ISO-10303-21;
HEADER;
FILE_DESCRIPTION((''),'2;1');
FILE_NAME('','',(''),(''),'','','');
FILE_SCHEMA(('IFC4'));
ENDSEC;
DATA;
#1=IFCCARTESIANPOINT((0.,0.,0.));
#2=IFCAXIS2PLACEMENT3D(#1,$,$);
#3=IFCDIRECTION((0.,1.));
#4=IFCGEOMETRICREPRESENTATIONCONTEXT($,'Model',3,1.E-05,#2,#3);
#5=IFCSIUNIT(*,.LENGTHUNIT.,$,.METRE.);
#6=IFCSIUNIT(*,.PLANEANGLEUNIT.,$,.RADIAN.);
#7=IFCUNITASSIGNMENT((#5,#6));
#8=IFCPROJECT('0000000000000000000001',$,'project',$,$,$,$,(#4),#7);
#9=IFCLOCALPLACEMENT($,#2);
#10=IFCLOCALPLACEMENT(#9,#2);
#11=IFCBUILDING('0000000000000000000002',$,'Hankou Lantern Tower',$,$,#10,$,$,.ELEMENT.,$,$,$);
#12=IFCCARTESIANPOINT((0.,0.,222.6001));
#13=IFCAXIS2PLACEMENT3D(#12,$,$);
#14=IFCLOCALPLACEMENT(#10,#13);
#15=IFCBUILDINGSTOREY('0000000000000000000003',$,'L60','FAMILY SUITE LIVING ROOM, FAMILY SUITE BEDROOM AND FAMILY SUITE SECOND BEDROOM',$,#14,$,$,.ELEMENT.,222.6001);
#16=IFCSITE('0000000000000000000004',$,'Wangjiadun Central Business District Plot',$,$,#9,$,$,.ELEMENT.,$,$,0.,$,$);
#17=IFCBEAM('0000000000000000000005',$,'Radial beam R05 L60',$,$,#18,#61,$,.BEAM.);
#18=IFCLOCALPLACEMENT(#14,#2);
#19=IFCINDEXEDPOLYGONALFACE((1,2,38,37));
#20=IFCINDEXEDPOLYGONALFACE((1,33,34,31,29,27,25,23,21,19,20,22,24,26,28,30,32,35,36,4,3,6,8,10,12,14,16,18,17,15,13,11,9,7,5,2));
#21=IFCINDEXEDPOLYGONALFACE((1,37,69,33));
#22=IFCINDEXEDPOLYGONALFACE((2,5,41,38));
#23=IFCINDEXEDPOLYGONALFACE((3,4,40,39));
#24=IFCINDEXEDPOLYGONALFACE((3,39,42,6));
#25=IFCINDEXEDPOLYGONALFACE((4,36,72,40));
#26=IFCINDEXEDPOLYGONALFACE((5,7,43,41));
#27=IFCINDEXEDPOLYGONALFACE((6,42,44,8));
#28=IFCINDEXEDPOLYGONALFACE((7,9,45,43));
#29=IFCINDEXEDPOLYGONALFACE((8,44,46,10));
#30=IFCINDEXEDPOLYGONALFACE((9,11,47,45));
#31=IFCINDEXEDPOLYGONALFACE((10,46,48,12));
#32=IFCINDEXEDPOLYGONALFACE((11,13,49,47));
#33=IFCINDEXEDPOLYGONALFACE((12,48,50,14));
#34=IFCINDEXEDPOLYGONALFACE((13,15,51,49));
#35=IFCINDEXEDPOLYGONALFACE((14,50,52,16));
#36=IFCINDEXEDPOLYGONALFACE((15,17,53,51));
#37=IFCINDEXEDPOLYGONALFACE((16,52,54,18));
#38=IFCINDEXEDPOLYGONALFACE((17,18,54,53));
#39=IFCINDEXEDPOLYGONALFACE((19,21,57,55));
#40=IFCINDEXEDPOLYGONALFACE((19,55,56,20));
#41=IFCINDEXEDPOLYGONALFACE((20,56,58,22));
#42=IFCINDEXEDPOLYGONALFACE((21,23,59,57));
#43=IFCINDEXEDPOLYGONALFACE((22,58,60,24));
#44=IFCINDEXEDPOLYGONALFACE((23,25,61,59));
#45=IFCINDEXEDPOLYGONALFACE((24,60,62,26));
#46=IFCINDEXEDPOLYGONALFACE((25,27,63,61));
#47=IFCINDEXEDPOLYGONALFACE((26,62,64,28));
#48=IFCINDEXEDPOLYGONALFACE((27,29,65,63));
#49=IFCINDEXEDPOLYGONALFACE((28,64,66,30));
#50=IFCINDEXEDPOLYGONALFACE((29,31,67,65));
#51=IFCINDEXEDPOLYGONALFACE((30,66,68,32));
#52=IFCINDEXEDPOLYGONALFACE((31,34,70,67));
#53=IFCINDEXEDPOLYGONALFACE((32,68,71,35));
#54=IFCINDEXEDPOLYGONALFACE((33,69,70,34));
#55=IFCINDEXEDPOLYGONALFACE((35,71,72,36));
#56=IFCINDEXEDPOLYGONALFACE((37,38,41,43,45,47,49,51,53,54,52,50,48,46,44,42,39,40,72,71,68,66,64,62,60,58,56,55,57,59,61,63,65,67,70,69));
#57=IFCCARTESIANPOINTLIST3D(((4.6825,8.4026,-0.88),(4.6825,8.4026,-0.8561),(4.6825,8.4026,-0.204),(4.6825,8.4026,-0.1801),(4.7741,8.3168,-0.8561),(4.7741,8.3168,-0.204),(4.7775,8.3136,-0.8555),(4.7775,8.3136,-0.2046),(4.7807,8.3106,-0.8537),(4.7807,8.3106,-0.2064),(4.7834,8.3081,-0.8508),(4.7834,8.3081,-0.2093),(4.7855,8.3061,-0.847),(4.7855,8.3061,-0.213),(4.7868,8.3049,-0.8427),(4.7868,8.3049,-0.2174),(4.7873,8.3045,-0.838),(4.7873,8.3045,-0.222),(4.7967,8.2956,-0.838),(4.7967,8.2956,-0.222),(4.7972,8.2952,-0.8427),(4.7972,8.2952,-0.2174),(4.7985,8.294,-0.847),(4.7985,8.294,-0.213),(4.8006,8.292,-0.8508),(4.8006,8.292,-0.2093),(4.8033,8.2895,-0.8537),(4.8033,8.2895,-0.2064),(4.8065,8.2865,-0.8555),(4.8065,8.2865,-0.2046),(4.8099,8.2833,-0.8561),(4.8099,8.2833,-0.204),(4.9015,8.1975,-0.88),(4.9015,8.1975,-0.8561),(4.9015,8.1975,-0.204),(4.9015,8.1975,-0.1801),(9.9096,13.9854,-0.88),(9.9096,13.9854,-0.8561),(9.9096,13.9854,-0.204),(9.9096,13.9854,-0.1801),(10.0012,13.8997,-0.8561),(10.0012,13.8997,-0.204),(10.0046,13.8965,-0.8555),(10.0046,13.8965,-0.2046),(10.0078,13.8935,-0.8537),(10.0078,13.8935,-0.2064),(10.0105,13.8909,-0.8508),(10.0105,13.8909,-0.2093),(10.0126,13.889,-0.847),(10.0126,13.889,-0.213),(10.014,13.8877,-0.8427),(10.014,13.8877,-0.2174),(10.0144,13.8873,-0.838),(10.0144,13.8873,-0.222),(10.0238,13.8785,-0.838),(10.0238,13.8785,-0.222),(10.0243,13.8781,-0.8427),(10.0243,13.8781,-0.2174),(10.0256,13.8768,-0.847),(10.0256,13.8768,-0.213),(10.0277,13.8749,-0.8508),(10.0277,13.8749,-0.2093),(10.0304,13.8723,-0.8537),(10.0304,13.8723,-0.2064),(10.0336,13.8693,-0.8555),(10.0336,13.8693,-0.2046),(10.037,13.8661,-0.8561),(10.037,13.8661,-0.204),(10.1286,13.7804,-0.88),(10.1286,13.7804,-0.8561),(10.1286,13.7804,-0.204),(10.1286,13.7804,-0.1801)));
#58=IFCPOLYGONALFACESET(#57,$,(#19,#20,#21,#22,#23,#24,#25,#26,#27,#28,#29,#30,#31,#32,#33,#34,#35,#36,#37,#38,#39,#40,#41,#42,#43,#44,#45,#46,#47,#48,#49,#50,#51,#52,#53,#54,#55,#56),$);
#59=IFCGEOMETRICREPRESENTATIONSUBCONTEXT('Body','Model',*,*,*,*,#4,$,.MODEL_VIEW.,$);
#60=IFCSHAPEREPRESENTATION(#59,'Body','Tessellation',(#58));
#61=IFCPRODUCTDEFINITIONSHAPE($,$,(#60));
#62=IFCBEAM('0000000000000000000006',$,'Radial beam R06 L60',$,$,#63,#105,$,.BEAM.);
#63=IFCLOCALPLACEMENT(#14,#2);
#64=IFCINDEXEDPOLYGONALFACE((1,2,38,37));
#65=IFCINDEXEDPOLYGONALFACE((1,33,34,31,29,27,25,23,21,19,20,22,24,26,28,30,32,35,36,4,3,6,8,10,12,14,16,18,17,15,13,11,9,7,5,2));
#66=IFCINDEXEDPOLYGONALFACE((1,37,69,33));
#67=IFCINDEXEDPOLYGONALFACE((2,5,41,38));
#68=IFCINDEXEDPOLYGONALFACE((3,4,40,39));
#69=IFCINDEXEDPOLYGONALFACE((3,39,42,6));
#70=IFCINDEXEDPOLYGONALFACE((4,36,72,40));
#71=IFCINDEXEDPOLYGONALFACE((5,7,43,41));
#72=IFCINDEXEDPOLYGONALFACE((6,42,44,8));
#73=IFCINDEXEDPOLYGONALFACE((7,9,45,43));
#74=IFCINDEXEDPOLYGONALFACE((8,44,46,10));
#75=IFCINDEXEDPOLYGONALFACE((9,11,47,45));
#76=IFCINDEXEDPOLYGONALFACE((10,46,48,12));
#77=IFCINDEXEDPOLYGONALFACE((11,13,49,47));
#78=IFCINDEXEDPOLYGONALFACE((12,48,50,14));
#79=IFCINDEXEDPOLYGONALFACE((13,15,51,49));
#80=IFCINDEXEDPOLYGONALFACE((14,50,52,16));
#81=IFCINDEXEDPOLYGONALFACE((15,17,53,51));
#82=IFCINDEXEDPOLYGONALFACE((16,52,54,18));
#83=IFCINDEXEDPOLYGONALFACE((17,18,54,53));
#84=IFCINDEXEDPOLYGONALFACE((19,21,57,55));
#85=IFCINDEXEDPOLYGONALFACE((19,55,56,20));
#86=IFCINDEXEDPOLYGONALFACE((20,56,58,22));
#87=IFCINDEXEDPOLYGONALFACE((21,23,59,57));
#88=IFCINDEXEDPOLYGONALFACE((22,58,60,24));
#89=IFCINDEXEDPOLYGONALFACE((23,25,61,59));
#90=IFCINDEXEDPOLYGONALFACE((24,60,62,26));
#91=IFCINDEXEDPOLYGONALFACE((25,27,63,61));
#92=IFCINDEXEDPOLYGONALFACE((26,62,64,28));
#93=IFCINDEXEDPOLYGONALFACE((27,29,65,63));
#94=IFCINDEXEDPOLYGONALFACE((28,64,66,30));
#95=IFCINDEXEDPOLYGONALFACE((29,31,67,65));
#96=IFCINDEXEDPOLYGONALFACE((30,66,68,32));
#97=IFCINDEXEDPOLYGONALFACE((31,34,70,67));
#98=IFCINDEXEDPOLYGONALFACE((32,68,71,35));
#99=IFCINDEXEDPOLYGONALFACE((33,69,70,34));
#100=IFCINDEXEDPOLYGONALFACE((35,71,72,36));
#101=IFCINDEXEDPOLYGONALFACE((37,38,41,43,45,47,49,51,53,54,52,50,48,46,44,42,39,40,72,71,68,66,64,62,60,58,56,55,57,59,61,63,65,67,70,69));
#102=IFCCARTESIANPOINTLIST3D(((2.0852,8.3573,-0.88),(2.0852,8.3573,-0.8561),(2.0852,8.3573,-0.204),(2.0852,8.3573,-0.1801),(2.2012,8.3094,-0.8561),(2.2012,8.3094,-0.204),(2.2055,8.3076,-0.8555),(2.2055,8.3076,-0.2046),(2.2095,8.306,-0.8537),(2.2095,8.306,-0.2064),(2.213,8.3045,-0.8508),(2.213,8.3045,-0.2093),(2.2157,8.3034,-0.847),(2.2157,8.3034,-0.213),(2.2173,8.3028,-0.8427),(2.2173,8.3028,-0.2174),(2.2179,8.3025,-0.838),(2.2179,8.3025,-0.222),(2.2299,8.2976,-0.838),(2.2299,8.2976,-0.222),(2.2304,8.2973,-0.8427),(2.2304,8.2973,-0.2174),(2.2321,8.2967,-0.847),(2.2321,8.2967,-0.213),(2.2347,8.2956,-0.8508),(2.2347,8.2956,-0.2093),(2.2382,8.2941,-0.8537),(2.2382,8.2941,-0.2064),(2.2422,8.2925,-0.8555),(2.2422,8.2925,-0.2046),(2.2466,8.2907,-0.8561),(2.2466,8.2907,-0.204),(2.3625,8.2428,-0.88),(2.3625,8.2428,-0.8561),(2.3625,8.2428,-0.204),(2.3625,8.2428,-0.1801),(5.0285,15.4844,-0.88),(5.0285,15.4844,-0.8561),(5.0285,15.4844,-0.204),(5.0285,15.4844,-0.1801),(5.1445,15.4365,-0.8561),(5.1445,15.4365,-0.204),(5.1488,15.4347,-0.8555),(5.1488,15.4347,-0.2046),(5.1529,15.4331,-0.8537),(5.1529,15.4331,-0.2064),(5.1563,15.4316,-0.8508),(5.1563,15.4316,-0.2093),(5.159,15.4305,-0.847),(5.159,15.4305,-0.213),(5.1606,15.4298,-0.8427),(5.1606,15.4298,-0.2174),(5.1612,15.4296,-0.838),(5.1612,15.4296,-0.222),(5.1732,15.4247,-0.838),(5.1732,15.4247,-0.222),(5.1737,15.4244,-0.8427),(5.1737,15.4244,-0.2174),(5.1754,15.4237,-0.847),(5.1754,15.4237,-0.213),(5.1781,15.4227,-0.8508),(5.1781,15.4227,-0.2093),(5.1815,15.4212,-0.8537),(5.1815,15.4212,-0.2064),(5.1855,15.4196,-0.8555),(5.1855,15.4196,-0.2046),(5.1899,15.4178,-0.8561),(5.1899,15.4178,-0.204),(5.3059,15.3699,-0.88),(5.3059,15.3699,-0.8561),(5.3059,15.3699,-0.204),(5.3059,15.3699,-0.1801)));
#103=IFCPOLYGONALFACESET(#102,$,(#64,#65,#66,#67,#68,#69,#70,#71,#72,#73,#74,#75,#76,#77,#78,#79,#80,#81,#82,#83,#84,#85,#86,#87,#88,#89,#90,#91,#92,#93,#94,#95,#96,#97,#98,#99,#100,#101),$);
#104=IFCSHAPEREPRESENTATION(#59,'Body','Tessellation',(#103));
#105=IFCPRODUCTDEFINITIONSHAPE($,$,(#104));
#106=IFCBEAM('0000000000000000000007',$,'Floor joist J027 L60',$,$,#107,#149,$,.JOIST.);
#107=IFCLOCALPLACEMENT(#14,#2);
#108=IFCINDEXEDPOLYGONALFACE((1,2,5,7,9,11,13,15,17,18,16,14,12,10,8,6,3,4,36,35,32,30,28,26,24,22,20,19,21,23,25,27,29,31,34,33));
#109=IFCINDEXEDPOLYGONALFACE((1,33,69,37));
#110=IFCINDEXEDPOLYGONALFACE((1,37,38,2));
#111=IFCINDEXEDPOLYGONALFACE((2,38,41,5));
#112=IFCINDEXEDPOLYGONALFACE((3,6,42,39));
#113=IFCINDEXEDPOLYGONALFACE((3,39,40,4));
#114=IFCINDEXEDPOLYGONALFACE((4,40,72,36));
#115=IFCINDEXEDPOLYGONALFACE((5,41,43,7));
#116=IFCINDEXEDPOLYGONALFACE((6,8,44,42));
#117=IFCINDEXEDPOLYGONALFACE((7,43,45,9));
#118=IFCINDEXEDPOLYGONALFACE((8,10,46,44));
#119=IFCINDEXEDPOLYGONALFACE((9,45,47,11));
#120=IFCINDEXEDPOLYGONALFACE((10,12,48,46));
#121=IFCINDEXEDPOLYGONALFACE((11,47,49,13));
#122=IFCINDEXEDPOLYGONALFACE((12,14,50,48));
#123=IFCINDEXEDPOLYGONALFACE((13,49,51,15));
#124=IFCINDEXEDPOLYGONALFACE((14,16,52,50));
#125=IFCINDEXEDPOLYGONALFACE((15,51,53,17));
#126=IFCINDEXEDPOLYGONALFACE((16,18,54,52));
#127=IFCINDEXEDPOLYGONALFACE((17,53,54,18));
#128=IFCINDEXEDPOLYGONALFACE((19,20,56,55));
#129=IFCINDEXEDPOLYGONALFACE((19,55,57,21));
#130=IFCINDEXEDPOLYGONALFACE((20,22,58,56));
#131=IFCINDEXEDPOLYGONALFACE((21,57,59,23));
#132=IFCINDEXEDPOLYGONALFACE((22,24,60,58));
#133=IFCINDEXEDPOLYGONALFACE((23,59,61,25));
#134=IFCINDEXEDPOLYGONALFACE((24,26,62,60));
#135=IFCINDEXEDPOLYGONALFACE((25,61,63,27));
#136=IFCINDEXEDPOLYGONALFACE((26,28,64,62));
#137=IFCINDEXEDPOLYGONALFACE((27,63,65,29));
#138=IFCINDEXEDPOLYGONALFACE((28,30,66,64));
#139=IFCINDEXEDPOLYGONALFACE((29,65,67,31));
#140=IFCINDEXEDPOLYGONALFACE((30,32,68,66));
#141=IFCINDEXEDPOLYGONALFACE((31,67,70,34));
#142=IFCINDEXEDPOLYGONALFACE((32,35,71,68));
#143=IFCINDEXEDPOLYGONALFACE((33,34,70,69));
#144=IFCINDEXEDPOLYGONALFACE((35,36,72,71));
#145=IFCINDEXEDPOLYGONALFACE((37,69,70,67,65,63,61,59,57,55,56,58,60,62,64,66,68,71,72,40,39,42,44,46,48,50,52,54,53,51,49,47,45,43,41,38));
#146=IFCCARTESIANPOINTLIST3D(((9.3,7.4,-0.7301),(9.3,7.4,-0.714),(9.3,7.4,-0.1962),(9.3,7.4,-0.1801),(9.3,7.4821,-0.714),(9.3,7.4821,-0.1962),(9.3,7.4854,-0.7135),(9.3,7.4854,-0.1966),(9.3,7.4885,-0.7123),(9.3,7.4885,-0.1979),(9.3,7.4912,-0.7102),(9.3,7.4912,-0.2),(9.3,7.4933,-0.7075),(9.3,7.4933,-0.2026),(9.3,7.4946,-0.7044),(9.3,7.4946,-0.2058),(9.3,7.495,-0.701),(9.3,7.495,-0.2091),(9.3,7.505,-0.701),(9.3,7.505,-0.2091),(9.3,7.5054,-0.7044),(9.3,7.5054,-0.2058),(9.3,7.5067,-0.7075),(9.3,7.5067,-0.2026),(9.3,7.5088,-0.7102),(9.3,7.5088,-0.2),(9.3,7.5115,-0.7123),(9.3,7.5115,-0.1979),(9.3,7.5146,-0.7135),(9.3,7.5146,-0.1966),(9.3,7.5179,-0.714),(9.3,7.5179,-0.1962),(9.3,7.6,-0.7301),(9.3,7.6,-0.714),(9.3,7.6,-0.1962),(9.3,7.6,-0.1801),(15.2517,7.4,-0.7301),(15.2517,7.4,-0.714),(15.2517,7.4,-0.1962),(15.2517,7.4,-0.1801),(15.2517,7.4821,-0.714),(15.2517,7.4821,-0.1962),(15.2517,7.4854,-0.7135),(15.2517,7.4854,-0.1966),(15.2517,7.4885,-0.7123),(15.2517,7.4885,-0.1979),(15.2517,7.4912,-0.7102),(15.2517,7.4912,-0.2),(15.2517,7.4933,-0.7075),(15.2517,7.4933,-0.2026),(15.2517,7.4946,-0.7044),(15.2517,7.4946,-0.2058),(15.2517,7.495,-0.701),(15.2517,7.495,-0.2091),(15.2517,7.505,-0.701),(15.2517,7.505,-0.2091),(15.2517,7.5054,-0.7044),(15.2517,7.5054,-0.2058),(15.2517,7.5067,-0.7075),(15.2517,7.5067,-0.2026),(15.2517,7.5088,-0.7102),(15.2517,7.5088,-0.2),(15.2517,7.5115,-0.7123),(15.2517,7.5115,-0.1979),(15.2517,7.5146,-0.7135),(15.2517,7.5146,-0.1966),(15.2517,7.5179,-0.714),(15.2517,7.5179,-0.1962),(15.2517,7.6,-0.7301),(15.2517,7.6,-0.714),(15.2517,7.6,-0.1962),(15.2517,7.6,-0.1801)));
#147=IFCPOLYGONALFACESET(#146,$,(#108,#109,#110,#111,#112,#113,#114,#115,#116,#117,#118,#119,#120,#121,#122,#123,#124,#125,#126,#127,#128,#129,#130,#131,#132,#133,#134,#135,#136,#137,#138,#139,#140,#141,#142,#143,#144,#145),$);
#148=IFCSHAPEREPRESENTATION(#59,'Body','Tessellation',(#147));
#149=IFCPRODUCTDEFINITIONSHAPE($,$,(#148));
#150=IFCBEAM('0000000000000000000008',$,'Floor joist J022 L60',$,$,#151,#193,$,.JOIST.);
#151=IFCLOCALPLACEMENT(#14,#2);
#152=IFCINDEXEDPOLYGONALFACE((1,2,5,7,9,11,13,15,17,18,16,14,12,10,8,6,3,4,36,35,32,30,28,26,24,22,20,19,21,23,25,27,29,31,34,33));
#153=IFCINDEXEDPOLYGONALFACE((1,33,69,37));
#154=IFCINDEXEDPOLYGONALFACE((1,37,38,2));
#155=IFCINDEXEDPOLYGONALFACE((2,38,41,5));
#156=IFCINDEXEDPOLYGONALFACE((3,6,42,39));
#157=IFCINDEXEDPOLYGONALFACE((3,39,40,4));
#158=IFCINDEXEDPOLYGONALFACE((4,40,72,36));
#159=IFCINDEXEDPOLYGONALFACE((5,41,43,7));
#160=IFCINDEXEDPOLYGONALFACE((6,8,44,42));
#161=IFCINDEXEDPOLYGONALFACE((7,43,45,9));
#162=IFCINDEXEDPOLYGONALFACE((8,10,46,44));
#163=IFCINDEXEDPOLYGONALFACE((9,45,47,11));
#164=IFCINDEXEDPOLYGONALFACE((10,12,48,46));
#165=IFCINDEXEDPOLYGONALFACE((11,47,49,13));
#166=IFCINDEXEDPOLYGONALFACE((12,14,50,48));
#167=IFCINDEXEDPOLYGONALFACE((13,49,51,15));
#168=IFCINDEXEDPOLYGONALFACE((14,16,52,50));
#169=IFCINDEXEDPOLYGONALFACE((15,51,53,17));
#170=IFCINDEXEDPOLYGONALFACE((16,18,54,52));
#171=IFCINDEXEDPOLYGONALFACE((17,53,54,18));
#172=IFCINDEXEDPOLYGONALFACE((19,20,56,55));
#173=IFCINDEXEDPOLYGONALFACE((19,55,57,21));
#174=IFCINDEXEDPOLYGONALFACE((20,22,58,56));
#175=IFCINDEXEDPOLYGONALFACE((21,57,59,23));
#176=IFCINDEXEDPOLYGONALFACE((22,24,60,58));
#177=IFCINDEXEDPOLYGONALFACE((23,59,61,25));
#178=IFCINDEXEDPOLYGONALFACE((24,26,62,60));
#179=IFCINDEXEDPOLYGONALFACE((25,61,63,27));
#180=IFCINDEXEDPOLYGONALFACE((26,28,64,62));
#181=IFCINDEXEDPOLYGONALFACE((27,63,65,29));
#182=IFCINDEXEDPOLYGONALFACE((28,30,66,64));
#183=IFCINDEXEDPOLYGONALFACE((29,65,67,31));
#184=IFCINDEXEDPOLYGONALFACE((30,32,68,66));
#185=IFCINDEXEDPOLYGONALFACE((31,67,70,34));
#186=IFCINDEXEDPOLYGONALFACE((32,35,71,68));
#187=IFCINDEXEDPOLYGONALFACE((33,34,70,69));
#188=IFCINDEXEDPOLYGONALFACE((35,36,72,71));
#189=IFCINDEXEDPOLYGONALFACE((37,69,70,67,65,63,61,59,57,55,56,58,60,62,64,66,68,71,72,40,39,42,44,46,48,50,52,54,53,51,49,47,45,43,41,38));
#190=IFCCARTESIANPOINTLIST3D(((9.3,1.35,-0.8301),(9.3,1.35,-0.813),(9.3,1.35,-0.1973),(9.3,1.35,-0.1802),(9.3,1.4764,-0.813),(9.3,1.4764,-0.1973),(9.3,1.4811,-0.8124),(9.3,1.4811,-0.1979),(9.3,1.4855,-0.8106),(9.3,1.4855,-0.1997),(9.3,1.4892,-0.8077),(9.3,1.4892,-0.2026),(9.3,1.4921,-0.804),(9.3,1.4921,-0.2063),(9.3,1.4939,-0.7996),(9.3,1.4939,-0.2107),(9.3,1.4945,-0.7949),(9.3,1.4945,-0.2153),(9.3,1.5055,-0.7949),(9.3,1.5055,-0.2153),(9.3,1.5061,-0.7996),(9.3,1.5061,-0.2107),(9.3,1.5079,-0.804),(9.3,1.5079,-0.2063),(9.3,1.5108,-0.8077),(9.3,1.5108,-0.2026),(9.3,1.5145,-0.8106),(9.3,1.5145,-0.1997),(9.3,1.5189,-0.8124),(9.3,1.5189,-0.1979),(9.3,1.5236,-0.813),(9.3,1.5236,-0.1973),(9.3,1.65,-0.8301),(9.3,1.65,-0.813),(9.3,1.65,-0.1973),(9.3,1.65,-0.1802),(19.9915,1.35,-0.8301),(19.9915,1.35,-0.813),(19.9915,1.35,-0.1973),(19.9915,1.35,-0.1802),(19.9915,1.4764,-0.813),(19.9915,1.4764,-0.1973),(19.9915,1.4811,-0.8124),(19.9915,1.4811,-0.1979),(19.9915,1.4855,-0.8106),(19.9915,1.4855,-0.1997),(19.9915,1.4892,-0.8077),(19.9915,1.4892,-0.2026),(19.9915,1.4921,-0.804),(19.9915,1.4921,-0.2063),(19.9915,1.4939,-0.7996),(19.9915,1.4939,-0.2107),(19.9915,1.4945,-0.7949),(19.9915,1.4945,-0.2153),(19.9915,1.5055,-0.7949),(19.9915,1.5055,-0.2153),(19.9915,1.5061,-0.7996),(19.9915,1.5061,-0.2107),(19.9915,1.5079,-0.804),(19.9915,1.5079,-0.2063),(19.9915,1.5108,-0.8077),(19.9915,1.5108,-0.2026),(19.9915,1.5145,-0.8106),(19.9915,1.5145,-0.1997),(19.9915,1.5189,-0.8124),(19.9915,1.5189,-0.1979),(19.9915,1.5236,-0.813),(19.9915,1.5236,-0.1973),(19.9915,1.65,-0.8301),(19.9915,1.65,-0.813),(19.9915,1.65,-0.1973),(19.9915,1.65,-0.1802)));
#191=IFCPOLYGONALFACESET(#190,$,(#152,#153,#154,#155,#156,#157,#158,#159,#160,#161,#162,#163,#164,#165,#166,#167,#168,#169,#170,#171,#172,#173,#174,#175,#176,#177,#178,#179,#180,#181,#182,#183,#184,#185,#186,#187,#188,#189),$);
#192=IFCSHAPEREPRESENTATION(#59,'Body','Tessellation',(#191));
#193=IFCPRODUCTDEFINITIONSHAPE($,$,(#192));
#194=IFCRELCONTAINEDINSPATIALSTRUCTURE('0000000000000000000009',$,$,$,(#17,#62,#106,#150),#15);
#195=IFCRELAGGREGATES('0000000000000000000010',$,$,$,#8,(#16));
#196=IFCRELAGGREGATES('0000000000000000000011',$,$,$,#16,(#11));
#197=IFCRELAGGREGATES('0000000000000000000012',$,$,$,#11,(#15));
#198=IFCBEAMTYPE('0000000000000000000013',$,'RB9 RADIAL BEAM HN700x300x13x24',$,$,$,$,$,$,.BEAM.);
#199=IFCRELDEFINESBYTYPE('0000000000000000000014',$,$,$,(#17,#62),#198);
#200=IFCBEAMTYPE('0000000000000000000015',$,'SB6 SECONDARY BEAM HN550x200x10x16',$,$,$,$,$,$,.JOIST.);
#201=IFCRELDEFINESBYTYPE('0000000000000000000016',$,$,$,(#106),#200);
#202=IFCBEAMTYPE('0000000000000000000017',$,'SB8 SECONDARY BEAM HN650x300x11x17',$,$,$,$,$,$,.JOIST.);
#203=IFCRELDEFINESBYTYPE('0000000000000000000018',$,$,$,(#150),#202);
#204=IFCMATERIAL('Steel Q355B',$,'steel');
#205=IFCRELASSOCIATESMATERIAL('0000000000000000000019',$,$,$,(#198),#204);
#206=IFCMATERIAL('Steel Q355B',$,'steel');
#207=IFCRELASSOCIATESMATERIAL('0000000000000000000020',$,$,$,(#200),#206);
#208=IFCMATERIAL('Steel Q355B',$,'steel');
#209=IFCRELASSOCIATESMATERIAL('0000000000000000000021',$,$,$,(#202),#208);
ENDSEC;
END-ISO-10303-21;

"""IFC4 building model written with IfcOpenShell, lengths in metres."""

from ifc_helpers import new_model, si_unit, direction, frame, origin, origin_2d, place, context, subcontext, project, spatial, i_section, extrude, material, material_profile, profile_set, type_object, element, save


model = new_model("IFC4")

# Units and contexts
model_context = context("Model", 3, precision=1e-05, world=origin(), true_north=direction((0.0, 1.0)))
body_context = subcontext(model_context, "Body", "Model", "MODEL_VIEW")
ifc_project = project(units=[si_unit("LENGTHUNIT", "METRE"), si_unit("PLANEANGLEUNIT", "RADIAN")], contexts=[model_context])

# Site, building, storey
site_placement = place(None, origin())
site = spatial("IfcSite", under=ifc_project, at=site_placement, Name="Wangjiadun Central Business District Plot", CompositionType="ELEMENT", RefElevation=0.0)
building_placement = place(site_placement, origin())
building = spatial("IfcBuilding", under=site, at=building_placement, Name="Hankou Lantern Tower", CompositionType="ELEMENT")
storey_placement = place(building_placement, frame((0.0, 0.0, 222.6001)))
storey = spatial("IfcBuildingStorey", under=building, at=storey_placement, Name="L60", Description="FAMILY SUITE LIVING ROOM, FAMILY SUITE BEDROOM AND FAMILY SUITE SECOND BEDROOM", CompositionType="ELEMENT", Elevation=222.6001)

# Beams
ifc_material_1 = material(Name="Steel Q355B", Category="steel")
ifc_material_profile_1 = material_profile(ifc_material_1, i_section(OverallWidth=0.3, OverallDepth=0.7, WebThickness=0.0129, FlangeThickness=0.0239, FilletRadius=0.0181, at=origin_2d()), Name="HN700x300x13x24")
ifc_profile_set_1 = profile_set([ifc_material_profile_1], Name="Steel Q355B")
beam_type_1 = type_object("IfcBeamType", Name="RB9 RADIAL BEAM HN700x300x13x24", PredefinedType="BEAM", material=ifc_profile_set_1)
beam_1_placement = place(storey_placement, frame((4.792, 8.3, -0.53), z_axis=(0.683468, 0.72998, 0.0), x_axis=(-0.72998, 0.683468, 0.0)))
element("IfcBeam", 1, at=beam_1_placement, inside=storey, type_object=beam_type_1, Name="Radial beam R05 L60", PredefinedType="BEAM", context=body_context, shape_type="SweptSolid", body=[
    extrude(i_section(OverallWidth=0.3, OverallDepth=0.7, WebThickness=0.0129, FlangeThickness=0.0239, FilletRadius=0.0181, at=origin_2d()), origin(), (0.0, 0.0, 1.0), 7.6479),
])
beam_2_placement = place(storey_placement, frame((2.2239, 8.3, -0.53), z_axis=(0.381707, 0.924284, 0.0), x_axis=(-0.924284, 0.381707, 0.0)))
element("IfcBeam", 2, at=beam_2_placement, inside=storey, type_object=beam_type_1, Name="Radial beam R06 L60", PredefinedType="BEAM", context=body_context, shape_type="SweptSolid", body=[
    extrude(i_section(OverallWidth=0.3, OverallDepth=0.7, WebThickness=0.0129, FlangeThickness=0.0239, FilletRadius=0.0181, at=origin_2d()), origin(), (0.0, 0.0, 1.0), 7.7109),
])
ifc_material_2 = material(Name="Steel Q355B", Category="steel")
ifc_material_profile_2 = material_profile(ifc_material_2, i_section(OverallWidth=0.2, OverallDepth=0.55, WebThickness=0.01, FlangeThickness=0.0161, FilletRadius=0.0129, at=origin_2d()), Name="HN550x200x10x16")
ifc_profile_set_2 = profile_set([ifc_material_profile_2], Name="Steel Q355B")
beam_type_2 = type_object("IfcBeamType", Name="SB6 SECONDARY BEAM HN550x200x10x16", PredefinedType="JOIST", material=ifc_profile_set_2)
beam_3_placement = place(storey_placement, frame((9.3, 7.5, -0.4551), z_axis=(1.0, 0.0, 0.0), x_axis=(0.0, 1.0, 0.0)))
element("IfcBeam", 3, at=beam_3_placement, inside=storey, type_object=beam_type_2, Name="Floor joist J027 L60", PredefinedType="JOIST", context=body_context, shape_type="SweptSolid", body=[
    extrude(i_section(OverallWidth=0.2, OverallDepth=0.55, WebThickness=0.01, FlangeThickness=0.0161, FilletRadius=0.0129, at=origin_2d()), origin(), (0.0, 0.0, 1.0), 5.9517),
])
ifc_material_3 = material(Name="Steel Q355B", Category="steel")
ifc_material_profile_3 = material_profile(ifc_material_3, i_section(OverallWidth=0.3, OverallDepth=0.6499, WebThickness=0.011, FlangeThickness=0.0171, FilletRadius=0.0181, at=origin_2d()), Name="HN650x300x11x17")
ifc_profile_set_3 = profile_set([ifc_material_profile_3], Name="Steel Q355B")
beam_type_3 = type_object("IfcBeamType", Name="SB8 SECONDARY BEAM HN650x300x11x17", PredefinedType="JOIST", material=ifc_profile_set_3)
beam_4_placement = place(storey_placement, frame((9.3, 1.5, -0.5051), z_axis=(1.0, 0.0, 0.0), x_axis=(0.0, 1.0, 0.0)))
element("IfcBeam", 4, at=beam_4_placement, inside=storey, type_object=beam_type_3, Name="Floor joist J022 L60", PredefinedType="JOIST", context=body_context, shape_type="SweptSolid", body=[
    extrude(i_section(OverallWidth=0.3, OverallDepth=0.6499, WebThickness=0.011, FlangeThickness=0.0171, FilletRadius=0.0181, at=origin_2d()), origin(), (0.0, 0.0, 1.0), 10.6914),
])

save(model, "model.ifc")
